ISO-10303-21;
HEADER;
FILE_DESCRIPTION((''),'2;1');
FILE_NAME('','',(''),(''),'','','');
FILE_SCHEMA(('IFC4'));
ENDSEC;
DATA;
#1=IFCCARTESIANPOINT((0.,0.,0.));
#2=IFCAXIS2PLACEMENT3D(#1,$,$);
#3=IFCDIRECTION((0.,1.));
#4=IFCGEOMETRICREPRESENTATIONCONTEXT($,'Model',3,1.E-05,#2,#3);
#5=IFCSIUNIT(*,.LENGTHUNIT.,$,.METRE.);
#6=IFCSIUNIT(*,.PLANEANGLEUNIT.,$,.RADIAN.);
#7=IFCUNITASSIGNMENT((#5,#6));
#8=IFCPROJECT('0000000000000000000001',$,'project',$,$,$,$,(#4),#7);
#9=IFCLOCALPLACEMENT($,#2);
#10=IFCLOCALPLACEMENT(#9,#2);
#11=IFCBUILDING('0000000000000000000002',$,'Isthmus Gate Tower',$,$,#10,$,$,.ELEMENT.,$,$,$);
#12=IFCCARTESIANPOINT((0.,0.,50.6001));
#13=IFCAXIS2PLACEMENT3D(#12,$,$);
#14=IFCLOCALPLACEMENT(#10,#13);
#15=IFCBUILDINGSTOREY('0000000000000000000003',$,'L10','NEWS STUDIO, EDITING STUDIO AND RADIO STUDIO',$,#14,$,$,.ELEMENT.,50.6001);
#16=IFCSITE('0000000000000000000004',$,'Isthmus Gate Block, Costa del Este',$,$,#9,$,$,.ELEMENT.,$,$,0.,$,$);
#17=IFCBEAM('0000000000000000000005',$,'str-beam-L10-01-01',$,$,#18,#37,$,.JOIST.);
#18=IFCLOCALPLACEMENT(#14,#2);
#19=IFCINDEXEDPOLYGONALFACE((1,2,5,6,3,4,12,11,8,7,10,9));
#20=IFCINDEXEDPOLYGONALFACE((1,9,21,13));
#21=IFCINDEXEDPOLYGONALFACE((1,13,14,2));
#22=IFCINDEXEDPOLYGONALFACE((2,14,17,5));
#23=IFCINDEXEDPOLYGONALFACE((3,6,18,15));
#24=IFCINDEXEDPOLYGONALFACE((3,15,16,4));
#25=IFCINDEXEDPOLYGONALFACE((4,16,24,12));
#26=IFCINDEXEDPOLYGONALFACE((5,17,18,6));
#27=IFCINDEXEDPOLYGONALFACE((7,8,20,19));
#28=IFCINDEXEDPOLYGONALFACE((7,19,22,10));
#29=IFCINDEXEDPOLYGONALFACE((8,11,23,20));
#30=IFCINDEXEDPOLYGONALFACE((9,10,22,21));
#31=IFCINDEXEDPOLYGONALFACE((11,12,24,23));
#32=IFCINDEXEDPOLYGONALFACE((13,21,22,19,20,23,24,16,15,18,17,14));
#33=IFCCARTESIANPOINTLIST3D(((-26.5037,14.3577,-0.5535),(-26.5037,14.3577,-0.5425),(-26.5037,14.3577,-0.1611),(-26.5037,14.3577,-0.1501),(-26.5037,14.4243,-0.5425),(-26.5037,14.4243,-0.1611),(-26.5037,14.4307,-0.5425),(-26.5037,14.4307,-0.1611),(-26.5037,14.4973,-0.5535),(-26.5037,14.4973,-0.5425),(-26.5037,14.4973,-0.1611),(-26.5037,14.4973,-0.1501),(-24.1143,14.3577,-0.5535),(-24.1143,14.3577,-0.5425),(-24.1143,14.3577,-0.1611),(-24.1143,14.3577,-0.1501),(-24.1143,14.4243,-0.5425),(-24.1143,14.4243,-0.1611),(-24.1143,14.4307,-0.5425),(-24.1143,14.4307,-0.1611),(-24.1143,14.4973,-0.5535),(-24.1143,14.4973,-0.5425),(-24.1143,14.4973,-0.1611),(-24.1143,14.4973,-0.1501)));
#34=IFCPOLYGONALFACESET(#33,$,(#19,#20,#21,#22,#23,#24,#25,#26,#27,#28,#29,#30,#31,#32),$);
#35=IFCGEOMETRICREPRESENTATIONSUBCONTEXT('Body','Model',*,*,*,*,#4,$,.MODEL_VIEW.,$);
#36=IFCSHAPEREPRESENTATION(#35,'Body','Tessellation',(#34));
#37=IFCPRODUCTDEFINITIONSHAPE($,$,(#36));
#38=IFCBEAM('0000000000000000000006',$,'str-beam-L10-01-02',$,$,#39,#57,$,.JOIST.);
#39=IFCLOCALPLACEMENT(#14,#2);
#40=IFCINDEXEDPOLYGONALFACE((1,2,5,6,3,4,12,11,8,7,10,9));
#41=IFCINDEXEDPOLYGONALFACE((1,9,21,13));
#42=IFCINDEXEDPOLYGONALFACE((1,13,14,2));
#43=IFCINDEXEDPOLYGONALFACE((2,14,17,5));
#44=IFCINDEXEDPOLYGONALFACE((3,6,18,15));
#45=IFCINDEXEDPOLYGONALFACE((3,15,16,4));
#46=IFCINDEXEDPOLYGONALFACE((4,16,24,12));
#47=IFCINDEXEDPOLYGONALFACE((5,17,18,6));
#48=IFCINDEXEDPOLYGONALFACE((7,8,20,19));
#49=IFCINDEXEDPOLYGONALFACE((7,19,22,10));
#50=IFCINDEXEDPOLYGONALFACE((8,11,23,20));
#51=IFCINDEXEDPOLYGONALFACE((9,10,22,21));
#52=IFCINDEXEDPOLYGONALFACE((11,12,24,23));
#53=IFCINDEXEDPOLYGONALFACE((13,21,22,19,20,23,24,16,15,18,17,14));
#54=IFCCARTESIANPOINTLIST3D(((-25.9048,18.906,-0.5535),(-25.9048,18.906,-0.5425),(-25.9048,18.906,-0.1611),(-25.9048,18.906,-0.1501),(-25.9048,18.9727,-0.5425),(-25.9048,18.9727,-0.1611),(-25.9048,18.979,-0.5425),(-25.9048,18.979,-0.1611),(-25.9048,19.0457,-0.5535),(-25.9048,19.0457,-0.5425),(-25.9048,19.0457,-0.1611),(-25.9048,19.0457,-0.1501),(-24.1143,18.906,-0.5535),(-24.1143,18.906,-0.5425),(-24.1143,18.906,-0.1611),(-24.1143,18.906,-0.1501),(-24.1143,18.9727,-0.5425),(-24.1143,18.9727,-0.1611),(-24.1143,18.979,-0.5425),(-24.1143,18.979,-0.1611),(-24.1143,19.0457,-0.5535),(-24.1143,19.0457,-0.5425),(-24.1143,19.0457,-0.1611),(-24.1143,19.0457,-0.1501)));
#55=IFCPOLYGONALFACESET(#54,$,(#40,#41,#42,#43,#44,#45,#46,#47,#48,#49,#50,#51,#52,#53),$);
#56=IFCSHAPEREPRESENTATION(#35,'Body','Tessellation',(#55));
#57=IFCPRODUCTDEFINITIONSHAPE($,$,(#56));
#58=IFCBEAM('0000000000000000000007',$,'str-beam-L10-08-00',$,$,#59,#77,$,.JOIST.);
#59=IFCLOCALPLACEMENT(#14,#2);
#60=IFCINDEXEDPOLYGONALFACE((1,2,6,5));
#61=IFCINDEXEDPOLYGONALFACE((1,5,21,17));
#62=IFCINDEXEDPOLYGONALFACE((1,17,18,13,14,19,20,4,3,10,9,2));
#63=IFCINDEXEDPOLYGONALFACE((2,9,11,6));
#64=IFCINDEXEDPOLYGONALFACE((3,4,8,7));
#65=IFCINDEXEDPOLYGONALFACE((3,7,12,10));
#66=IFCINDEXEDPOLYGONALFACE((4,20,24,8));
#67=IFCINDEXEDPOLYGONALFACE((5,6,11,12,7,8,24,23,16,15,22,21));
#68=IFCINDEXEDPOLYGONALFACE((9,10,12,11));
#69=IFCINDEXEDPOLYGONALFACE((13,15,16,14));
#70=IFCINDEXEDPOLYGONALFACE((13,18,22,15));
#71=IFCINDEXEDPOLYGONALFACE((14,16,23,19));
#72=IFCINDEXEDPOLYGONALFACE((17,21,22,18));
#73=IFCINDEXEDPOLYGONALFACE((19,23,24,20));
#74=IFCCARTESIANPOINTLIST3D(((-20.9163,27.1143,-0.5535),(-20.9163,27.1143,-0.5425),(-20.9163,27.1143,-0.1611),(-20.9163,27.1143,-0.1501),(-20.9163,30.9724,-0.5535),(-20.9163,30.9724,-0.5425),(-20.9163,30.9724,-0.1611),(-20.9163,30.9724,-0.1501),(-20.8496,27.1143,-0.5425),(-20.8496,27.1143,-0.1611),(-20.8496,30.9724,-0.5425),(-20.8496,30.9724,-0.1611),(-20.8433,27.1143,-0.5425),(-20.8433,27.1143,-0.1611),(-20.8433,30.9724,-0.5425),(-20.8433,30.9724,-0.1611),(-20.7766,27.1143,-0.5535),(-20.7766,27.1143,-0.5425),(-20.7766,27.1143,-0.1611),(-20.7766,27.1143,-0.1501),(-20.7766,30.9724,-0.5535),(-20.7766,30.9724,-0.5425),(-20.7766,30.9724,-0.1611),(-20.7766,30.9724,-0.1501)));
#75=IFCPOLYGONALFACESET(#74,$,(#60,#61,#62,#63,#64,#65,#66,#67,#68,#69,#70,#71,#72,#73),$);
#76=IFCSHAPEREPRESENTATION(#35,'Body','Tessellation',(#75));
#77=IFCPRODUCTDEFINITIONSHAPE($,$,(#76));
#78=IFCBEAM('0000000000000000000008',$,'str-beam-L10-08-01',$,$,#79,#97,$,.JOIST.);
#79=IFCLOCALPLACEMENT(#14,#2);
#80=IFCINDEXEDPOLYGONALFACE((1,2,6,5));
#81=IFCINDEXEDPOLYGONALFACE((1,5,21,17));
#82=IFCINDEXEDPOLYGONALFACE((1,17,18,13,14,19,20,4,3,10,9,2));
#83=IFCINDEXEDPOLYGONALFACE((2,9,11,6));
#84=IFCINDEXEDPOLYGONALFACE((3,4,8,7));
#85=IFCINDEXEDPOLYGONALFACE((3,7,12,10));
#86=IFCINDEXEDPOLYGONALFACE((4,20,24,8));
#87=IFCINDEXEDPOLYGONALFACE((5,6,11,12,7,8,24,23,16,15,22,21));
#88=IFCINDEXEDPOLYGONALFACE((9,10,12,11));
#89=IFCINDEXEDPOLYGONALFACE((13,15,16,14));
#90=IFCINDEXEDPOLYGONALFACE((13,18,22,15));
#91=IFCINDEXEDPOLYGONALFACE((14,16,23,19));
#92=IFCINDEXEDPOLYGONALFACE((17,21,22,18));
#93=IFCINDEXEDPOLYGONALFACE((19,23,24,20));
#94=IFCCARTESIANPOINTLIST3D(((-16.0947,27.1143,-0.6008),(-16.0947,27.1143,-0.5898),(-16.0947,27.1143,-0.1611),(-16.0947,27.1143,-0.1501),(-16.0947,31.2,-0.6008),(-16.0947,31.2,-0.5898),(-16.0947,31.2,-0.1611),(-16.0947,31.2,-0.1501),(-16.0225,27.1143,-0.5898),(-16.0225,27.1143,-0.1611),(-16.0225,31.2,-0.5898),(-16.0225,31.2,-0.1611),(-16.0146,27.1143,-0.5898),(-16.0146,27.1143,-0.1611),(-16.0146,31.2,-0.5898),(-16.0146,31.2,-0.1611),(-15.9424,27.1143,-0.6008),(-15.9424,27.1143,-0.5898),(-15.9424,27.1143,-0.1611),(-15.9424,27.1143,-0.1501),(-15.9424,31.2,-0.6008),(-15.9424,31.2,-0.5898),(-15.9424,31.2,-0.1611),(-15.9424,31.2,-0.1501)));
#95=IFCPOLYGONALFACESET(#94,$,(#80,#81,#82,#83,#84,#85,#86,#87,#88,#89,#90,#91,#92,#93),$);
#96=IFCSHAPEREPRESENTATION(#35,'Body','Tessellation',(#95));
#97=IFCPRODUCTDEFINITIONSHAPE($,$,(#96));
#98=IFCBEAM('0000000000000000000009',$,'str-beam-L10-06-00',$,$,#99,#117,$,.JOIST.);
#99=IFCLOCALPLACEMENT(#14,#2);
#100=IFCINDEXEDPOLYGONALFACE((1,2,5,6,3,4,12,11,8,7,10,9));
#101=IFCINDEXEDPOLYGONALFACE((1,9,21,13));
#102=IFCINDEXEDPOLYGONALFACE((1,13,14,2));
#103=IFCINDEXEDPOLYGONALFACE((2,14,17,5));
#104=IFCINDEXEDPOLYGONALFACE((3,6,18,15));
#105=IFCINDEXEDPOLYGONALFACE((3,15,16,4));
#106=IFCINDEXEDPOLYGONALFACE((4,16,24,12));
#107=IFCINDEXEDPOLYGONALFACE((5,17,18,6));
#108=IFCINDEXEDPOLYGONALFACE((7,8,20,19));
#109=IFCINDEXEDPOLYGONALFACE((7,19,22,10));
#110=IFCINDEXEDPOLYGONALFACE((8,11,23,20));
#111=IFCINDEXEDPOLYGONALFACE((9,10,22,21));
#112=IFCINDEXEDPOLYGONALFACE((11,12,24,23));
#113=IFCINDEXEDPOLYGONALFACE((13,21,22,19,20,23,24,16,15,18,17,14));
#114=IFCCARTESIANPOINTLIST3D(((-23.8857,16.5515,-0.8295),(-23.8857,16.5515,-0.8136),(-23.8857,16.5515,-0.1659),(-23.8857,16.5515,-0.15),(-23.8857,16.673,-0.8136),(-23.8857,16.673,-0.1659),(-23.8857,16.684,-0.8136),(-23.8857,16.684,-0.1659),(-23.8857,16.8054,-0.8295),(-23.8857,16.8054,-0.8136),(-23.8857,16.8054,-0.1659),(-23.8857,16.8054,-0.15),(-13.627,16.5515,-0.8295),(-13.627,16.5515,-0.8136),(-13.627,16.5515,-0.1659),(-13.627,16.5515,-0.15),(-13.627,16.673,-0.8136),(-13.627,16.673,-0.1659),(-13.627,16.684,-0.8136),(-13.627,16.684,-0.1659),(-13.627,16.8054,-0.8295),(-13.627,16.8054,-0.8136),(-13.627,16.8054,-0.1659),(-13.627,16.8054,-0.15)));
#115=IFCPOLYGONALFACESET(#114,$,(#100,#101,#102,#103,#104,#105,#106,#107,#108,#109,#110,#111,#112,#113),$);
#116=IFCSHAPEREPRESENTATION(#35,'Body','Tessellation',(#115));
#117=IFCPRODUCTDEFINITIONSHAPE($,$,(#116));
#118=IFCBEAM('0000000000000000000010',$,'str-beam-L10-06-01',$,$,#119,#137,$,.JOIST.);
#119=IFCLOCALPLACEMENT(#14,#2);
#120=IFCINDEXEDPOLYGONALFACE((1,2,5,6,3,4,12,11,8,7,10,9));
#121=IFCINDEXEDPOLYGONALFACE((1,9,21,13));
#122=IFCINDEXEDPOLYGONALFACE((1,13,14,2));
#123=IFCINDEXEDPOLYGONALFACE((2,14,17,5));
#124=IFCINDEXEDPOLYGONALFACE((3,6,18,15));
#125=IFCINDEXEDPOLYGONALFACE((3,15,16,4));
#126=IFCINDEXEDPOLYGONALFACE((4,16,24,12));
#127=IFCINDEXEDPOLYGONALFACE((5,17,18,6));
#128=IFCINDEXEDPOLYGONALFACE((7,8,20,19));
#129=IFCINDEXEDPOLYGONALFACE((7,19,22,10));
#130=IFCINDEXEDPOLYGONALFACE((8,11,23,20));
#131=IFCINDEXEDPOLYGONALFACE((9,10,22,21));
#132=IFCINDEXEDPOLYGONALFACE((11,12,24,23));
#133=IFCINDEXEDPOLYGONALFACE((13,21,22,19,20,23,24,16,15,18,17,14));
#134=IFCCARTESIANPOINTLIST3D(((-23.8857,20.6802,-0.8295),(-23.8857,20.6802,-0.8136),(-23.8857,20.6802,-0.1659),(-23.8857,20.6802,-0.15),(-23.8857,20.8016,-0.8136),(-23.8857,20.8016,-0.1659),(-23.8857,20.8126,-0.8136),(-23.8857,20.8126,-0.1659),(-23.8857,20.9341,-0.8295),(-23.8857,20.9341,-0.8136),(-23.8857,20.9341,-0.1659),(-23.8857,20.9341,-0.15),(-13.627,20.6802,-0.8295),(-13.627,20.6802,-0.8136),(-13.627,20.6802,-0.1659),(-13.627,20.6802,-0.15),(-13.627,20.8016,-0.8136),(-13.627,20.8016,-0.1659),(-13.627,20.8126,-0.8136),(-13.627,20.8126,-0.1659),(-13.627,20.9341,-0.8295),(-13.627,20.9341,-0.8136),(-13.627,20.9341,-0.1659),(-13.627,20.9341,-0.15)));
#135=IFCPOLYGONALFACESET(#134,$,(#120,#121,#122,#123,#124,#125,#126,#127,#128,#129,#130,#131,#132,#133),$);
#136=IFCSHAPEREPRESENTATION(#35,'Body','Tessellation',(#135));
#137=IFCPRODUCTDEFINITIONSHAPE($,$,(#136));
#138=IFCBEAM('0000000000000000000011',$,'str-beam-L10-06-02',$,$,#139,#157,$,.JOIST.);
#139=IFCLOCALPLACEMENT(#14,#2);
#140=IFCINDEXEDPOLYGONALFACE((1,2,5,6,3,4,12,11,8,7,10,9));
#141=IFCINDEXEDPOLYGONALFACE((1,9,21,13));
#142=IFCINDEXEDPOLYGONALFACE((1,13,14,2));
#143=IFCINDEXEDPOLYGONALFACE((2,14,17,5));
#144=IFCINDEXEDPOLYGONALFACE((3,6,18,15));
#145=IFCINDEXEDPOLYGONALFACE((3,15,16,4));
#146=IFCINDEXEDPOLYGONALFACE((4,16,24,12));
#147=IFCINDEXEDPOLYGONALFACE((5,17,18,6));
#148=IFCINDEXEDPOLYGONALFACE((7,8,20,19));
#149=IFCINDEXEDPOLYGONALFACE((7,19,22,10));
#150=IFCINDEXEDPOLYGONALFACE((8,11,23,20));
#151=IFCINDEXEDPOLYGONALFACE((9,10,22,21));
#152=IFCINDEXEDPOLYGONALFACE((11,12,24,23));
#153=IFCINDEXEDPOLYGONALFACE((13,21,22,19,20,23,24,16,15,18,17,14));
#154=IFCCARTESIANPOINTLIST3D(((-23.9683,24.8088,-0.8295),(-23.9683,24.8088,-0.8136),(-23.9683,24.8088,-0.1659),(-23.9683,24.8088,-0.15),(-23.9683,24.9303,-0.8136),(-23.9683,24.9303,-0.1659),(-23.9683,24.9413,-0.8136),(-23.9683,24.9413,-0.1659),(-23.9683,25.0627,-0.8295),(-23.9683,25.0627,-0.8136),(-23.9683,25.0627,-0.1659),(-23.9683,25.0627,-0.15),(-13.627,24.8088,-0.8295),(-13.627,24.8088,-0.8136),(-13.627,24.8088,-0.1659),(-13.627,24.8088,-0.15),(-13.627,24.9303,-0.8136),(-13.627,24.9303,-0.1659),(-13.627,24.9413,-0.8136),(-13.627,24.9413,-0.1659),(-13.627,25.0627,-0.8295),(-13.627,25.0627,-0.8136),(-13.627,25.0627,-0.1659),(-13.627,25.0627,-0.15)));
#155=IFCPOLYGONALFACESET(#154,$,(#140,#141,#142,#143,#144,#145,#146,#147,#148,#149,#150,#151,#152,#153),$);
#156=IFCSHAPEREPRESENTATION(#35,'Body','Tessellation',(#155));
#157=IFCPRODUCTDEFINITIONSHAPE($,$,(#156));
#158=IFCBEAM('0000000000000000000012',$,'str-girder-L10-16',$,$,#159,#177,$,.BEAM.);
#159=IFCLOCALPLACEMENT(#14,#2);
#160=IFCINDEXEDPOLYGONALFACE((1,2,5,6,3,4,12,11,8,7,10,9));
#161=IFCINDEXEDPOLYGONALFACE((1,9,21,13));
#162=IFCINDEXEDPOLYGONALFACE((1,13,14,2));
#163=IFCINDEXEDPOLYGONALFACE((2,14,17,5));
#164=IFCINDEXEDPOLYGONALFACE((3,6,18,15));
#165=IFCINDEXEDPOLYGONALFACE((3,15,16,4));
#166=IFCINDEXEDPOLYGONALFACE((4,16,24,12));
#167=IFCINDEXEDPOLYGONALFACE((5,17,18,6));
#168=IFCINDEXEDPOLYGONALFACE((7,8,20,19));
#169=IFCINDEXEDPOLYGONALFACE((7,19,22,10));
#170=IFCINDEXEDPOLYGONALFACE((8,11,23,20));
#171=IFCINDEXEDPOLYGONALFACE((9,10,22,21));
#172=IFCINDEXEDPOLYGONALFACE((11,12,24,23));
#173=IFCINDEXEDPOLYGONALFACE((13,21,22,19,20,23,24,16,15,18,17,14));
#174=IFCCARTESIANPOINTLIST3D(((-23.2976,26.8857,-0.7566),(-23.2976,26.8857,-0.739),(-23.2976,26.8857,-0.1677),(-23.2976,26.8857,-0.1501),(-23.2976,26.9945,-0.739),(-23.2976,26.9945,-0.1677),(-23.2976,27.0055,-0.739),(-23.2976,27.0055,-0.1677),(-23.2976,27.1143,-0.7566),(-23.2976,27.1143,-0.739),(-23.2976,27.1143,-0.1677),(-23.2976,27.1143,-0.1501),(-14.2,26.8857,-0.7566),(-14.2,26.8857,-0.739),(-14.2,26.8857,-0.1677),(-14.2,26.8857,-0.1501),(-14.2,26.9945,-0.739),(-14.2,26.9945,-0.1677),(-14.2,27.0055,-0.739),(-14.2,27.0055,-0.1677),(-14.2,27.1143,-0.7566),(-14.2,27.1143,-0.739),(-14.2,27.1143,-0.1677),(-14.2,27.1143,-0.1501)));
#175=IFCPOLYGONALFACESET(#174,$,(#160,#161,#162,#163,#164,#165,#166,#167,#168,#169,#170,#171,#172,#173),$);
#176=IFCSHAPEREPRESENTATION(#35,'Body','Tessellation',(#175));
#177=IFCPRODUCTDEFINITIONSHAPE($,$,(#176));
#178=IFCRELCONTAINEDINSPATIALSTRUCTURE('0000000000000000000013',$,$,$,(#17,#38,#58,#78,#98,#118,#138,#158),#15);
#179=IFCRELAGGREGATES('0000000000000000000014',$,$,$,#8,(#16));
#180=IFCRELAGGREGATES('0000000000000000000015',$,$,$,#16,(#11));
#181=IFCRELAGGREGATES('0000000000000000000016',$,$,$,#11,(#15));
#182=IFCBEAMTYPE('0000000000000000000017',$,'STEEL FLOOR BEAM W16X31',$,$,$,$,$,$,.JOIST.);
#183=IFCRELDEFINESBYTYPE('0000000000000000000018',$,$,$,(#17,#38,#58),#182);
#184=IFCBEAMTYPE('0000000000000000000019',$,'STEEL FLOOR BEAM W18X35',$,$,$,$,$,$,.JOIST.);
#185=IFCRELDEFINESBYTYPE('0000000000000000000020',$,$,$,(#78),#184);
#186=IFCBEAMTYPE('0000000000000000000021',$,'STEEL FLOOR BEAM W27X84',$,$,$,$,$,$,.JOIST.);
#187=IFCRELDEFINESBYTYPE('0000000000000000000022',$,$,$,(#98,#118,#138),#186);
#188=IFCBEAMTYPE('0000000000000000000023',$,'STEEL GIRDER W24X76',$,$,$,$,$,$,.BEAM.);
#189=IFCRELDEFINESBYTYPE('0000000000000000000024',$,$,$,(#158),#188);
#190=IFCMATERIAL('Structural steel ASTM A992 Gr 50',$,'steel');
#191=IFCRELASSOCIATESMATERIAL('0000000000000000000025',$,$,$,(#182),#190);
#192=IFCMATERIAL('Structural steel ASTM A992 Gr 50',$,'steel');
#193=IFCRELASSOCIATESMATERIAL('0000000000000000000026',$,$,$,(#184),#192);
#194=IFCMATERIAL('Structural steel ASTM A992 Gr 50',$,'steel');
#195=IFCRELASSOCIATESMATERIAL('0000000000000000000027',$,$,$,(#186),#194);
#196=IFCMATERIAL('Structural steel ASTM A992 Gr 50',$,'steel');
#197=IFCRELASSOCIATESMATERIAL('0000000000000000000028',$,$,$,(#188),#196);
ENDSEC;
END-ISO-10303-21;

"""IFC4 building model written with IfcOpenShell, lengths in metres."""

from ifc_helpers import new_model, si_unit, direction, frame, origin, origin_2d, place, context, subcontext, project, spatial, i_section, extrude, material, material_profile, profile_set, type_object, element, save


model = new_model("IFC4")

# Units and contexts
model_context = context("Model", 3, precision=1e-05, world=origin(), true_north=direction((0.0, 1.0)))
body_context = subcontext(model_context, "Body", "Model", "MODEL_VIEW")
ifc_project = project(units=[si_unit("LENGTHUNIT", "METRE"), si_unit("PLANEANGLEUNIT", "RADIAN")], contexts=[model_context])

# Site, building, storey
site_placement = place(None, origin())
site = spatial("IfcSite", under=ifc_project, at=site_placement, Name="Isthmus Gate Block, Costa del Este", CompositionType="ELEMENT", RefElevation=0.0)
building_placement = place(site_placement, origin())
building = spatial("IfcBuilding", under=site, at=building_placement, Name="Isthmus Gate Tower", CompositionType="ELEMENT")
storey_placement = place(building_placement, frame((0.0, 0.0, 50.6001)))
storey = spatial("IfcBuildingStorey", under=building, at=storey_placement, Name="L10", Description="NEWS STUDIO, EDITING STUDIO AND RADIO STUDIO", CompositionType="ELEMENT", Elevation=50.6001)

# Beams
ifc_material_1 = material(Name="Structural steel ASTM A992 Gr 50", Category="steel")
ifc_material_profile_1 = material_profile(ifc_material_1, i_section(OverallWidth=0.1396, OverallDepth=0.4033, WebThickness=0.0063, FlangeThickness=0.011, at=origin_2d()), Name="W16X31")
ifc_profile_set_1 = profile_set([ifc_material_profile_1], Name="Structural steel ASTM A992 Gr 50")
beam_type_1 = type_object("IfcBeamType", Name="STEEL FLOOR BEAM W16X31", PredefinedType="JOIST", material=ifc_profile_set_1)
beam_1_placement = place(storey_placement, frame((-26.5037, 14.4275, -0.3518), z_axis=(1.0, 0.0, 0.0), x_axis=(0.0, 1.0, 0.0)))
element("IfcBeam", 1, at=beam_1_placement, inside=storey, type_object=beam_type_1, Name="str-beam-L10-01-01", PredefinedType="JOIST", context=body_context, shape_type="SweptSolid", body=[
    extrude(i_section(OverallWidth=0.1396, OverallDepth=0.4033, WebThickness=0.0063, FlangeThickness=0.011, at=origin_2d()), origin(), (0.0, 0.0, 1.0), 2.3894),
])
beam_2_placement = place(storey_placement, frame((-25.9048, 18.9758, -0.3518), z_axis=(1.0, 0.0, 0.0), x_axis=(0.0, 1.0, 0.0)))
element("IfcBeam", 2, at=beam_2_placement, inside=storey, type_object=beam_type_1, Name="str-beam-L10-01-02", PredefinedType="JOIST", context=body_context, shape_type="SweptSolid", body=[
    extrude(i_section(OverallWidth=0.1396, OverallDepth=0.4033, WebThickness=0.0063, FlangeThickness=0.011, at=origin_2d()), origin(), (0.0, 0.0, 1.0), 1.7905),
])
beam_3_placement = place(storey_placement, frame((-20.8464, 27.1143, -0.3518), z_axis=(0.0, 1.0, 0.0), x_axis=(-1.0, 0.0, 0.0)))
element("IfcBeam", 3, at=beam_3_placement, inside=storey, type_object=beam_type_1, Name="str-beam-L10-08-00", PredefinedType="JOIST", context=body_context, shape_type="SweptSolid", body=[
    extrude(i_section(OverallWidth=0.1396, OverallDepth=0.4033, WebThickness=0.0063, FlangeThickness=0.011, at=origin_2d()), origin(), (0.0, 0.0, 1.0), 3.8582),
])
ifc_material_2 = material(Name="Structural steel ASTM A992 Gr 50", Category="steel")
ifc_material_profile_2 = material_profile(ifc_material_2, i_section(OverallWidth=0.1523, OverallDepth=0.4507, WebThickness=0.0078, FlangeThickness=0.011, at=origin_2d()), Name="W18X35")
ifc_profile_set_2 = profile_set([ifc_material_profile_2], Name="Structural steel ASTM A992 Gr 50")
beam_type_2 = type_object("IfcBeamType", Name="STEEL FLOOR BEAM W18X35", PredefinedType="JOIST", material=ifc_profile_set_2)
beam_4_placement = place(storey_placement, frame((-16.0186, 27.1143, -0.3755), z_axis=(0.0, 1.0, 0.0), x_axis=(-1.0, 0.0, 0.0)))
element("IfcBeam", 4, at=beam_4_placement, inside=storey, type_object=beam_type_2, Name="str-beam-L10-08-01", PredefinedType="JOIST", context=body_context, shape_type="SweptSolid", body=[
    extrude(i_section(OverallWidth=0.1523, OverallDepth=0.4507, WebThickness=0.0078, FlangeThickness=0.011, at=origin_2d()), origin(), (0.0, 0.0, 1.0), 4.0857),
])
ifc_material_3 = material(Name="Structural steel ASTM A992 Gr 50", Category="steel")
ifc_material_profile_3 = material_profile(ifc_material_3, i_section(OverallWidth=0.2539, OverallDepth=0.6794, WebThickness=0.011, FlangeThickness=0.0159, at=origin_2d()), Name="W27X84")
ifc_profile_set_3 = profile_set([ifc_material_profile_3], Name="Structural steel ASTM A992 Gr 50")
beam_type_3 = type_object("IfcBeamType", Name="STEEL FLOOR BEAM W27X84", PredefinedType="JOIST", material=ifc_profile_set_3)
for number, where, z_axis, x_axis, name in (
    (5, (-23.8857, 16.6785, -0.4897), (1.0, 0.0, 0.0), (0.0, 1.0, 0.0), "str-beam-L10-06-00"),
    (6, (-23.8857, 20.8071, -0.4897), (1.0, 0.0, 0.0), (0.0, 1.0, 0.0), "str-beam-L10-06-01"),
):
    element("IfcBeam", number, at=place(storey_placement, frame(where, z_axis=z_axis, x_axis=x_axis)), inside=storey, type_object=beam_type_3, Name=name, PredefinedType="JOIST", context=body_context, shape_type="SweptSolid", body=[
        extrude(i_section(OverallWidth=0.2539, OverallDepth=0.6794, WebThickness=0.011, FlangeThickness=0.0159, at=origin_2d()), origin(), (0.0, 0.0, 1.0), 10.2588),
    ])
beam_5_placement = place(storey_placement, frame((-23.9683, 24.9358, -0.4897), z_axis=(1.0, 0.0, 0.0), x_axis=(0.0, 1.0, 0.0)))
element("IfcBeam", 7, at=beam_5_placement, inside=storey, type_object=beam_type_3, Name="str-beam-L10-06-02", PredefinedType="JOIST", context=body_context, shape_type="SweptSolid", body=[
    extrude(i_section(OverallWidth=0.2539, OverallDepth=0.6794, WebThickness=0.011, FlangeThickness=0.0159, at=origin_2d()), origin(), (0.0, 0.0, 1.0), 10.3413),
])
ifc_material_4 = material(Name="Structural steel ASTM A992 Gr 50", Category="steel")
ifc_material_profile_4 = material_profile(ifc_material_4, i_section(OverallWidth=0.2285, OverallDepth=0.6064, WebThickness=0.011, FlangeThickness=0.0176, at=origin_2d()), Name="W24X76")
ifc_profile_set_4 = profile_set([ifc_material_profile_4], Name="Structural steel ASTM A992 Gr 50")
beam_type_4 = type_object("IfcBeamType", Name="STEEL GIRDER W24X76", PredefinedType="BEAM", material=ifc_profile_set_4)
beam_6_placement = place(storey_placement, frame((-23.2976, 27.0, -0.4534), z_axis=(1.0, 0.0, 0.0), x_axis=(0.0, 1.0, 0.0)))
element("IfcBeam", 8, at=beam_6_placement, inside=storey, type_object=beam_type_4, Name="str-girder-L10-16", PredefinedType="BEAM", context=body_context, shape_type="SweptSolid", body=[
    extrude(i_section(OverallWidth=0.2285, OverallDepth=0.6064, WebThickness=0.011, FlangeThickness=0.0176, at=origin_2d()), origin(), (0.0, 0.0, 1.0), 9.0977),
])

save(model, "model.ifc")
